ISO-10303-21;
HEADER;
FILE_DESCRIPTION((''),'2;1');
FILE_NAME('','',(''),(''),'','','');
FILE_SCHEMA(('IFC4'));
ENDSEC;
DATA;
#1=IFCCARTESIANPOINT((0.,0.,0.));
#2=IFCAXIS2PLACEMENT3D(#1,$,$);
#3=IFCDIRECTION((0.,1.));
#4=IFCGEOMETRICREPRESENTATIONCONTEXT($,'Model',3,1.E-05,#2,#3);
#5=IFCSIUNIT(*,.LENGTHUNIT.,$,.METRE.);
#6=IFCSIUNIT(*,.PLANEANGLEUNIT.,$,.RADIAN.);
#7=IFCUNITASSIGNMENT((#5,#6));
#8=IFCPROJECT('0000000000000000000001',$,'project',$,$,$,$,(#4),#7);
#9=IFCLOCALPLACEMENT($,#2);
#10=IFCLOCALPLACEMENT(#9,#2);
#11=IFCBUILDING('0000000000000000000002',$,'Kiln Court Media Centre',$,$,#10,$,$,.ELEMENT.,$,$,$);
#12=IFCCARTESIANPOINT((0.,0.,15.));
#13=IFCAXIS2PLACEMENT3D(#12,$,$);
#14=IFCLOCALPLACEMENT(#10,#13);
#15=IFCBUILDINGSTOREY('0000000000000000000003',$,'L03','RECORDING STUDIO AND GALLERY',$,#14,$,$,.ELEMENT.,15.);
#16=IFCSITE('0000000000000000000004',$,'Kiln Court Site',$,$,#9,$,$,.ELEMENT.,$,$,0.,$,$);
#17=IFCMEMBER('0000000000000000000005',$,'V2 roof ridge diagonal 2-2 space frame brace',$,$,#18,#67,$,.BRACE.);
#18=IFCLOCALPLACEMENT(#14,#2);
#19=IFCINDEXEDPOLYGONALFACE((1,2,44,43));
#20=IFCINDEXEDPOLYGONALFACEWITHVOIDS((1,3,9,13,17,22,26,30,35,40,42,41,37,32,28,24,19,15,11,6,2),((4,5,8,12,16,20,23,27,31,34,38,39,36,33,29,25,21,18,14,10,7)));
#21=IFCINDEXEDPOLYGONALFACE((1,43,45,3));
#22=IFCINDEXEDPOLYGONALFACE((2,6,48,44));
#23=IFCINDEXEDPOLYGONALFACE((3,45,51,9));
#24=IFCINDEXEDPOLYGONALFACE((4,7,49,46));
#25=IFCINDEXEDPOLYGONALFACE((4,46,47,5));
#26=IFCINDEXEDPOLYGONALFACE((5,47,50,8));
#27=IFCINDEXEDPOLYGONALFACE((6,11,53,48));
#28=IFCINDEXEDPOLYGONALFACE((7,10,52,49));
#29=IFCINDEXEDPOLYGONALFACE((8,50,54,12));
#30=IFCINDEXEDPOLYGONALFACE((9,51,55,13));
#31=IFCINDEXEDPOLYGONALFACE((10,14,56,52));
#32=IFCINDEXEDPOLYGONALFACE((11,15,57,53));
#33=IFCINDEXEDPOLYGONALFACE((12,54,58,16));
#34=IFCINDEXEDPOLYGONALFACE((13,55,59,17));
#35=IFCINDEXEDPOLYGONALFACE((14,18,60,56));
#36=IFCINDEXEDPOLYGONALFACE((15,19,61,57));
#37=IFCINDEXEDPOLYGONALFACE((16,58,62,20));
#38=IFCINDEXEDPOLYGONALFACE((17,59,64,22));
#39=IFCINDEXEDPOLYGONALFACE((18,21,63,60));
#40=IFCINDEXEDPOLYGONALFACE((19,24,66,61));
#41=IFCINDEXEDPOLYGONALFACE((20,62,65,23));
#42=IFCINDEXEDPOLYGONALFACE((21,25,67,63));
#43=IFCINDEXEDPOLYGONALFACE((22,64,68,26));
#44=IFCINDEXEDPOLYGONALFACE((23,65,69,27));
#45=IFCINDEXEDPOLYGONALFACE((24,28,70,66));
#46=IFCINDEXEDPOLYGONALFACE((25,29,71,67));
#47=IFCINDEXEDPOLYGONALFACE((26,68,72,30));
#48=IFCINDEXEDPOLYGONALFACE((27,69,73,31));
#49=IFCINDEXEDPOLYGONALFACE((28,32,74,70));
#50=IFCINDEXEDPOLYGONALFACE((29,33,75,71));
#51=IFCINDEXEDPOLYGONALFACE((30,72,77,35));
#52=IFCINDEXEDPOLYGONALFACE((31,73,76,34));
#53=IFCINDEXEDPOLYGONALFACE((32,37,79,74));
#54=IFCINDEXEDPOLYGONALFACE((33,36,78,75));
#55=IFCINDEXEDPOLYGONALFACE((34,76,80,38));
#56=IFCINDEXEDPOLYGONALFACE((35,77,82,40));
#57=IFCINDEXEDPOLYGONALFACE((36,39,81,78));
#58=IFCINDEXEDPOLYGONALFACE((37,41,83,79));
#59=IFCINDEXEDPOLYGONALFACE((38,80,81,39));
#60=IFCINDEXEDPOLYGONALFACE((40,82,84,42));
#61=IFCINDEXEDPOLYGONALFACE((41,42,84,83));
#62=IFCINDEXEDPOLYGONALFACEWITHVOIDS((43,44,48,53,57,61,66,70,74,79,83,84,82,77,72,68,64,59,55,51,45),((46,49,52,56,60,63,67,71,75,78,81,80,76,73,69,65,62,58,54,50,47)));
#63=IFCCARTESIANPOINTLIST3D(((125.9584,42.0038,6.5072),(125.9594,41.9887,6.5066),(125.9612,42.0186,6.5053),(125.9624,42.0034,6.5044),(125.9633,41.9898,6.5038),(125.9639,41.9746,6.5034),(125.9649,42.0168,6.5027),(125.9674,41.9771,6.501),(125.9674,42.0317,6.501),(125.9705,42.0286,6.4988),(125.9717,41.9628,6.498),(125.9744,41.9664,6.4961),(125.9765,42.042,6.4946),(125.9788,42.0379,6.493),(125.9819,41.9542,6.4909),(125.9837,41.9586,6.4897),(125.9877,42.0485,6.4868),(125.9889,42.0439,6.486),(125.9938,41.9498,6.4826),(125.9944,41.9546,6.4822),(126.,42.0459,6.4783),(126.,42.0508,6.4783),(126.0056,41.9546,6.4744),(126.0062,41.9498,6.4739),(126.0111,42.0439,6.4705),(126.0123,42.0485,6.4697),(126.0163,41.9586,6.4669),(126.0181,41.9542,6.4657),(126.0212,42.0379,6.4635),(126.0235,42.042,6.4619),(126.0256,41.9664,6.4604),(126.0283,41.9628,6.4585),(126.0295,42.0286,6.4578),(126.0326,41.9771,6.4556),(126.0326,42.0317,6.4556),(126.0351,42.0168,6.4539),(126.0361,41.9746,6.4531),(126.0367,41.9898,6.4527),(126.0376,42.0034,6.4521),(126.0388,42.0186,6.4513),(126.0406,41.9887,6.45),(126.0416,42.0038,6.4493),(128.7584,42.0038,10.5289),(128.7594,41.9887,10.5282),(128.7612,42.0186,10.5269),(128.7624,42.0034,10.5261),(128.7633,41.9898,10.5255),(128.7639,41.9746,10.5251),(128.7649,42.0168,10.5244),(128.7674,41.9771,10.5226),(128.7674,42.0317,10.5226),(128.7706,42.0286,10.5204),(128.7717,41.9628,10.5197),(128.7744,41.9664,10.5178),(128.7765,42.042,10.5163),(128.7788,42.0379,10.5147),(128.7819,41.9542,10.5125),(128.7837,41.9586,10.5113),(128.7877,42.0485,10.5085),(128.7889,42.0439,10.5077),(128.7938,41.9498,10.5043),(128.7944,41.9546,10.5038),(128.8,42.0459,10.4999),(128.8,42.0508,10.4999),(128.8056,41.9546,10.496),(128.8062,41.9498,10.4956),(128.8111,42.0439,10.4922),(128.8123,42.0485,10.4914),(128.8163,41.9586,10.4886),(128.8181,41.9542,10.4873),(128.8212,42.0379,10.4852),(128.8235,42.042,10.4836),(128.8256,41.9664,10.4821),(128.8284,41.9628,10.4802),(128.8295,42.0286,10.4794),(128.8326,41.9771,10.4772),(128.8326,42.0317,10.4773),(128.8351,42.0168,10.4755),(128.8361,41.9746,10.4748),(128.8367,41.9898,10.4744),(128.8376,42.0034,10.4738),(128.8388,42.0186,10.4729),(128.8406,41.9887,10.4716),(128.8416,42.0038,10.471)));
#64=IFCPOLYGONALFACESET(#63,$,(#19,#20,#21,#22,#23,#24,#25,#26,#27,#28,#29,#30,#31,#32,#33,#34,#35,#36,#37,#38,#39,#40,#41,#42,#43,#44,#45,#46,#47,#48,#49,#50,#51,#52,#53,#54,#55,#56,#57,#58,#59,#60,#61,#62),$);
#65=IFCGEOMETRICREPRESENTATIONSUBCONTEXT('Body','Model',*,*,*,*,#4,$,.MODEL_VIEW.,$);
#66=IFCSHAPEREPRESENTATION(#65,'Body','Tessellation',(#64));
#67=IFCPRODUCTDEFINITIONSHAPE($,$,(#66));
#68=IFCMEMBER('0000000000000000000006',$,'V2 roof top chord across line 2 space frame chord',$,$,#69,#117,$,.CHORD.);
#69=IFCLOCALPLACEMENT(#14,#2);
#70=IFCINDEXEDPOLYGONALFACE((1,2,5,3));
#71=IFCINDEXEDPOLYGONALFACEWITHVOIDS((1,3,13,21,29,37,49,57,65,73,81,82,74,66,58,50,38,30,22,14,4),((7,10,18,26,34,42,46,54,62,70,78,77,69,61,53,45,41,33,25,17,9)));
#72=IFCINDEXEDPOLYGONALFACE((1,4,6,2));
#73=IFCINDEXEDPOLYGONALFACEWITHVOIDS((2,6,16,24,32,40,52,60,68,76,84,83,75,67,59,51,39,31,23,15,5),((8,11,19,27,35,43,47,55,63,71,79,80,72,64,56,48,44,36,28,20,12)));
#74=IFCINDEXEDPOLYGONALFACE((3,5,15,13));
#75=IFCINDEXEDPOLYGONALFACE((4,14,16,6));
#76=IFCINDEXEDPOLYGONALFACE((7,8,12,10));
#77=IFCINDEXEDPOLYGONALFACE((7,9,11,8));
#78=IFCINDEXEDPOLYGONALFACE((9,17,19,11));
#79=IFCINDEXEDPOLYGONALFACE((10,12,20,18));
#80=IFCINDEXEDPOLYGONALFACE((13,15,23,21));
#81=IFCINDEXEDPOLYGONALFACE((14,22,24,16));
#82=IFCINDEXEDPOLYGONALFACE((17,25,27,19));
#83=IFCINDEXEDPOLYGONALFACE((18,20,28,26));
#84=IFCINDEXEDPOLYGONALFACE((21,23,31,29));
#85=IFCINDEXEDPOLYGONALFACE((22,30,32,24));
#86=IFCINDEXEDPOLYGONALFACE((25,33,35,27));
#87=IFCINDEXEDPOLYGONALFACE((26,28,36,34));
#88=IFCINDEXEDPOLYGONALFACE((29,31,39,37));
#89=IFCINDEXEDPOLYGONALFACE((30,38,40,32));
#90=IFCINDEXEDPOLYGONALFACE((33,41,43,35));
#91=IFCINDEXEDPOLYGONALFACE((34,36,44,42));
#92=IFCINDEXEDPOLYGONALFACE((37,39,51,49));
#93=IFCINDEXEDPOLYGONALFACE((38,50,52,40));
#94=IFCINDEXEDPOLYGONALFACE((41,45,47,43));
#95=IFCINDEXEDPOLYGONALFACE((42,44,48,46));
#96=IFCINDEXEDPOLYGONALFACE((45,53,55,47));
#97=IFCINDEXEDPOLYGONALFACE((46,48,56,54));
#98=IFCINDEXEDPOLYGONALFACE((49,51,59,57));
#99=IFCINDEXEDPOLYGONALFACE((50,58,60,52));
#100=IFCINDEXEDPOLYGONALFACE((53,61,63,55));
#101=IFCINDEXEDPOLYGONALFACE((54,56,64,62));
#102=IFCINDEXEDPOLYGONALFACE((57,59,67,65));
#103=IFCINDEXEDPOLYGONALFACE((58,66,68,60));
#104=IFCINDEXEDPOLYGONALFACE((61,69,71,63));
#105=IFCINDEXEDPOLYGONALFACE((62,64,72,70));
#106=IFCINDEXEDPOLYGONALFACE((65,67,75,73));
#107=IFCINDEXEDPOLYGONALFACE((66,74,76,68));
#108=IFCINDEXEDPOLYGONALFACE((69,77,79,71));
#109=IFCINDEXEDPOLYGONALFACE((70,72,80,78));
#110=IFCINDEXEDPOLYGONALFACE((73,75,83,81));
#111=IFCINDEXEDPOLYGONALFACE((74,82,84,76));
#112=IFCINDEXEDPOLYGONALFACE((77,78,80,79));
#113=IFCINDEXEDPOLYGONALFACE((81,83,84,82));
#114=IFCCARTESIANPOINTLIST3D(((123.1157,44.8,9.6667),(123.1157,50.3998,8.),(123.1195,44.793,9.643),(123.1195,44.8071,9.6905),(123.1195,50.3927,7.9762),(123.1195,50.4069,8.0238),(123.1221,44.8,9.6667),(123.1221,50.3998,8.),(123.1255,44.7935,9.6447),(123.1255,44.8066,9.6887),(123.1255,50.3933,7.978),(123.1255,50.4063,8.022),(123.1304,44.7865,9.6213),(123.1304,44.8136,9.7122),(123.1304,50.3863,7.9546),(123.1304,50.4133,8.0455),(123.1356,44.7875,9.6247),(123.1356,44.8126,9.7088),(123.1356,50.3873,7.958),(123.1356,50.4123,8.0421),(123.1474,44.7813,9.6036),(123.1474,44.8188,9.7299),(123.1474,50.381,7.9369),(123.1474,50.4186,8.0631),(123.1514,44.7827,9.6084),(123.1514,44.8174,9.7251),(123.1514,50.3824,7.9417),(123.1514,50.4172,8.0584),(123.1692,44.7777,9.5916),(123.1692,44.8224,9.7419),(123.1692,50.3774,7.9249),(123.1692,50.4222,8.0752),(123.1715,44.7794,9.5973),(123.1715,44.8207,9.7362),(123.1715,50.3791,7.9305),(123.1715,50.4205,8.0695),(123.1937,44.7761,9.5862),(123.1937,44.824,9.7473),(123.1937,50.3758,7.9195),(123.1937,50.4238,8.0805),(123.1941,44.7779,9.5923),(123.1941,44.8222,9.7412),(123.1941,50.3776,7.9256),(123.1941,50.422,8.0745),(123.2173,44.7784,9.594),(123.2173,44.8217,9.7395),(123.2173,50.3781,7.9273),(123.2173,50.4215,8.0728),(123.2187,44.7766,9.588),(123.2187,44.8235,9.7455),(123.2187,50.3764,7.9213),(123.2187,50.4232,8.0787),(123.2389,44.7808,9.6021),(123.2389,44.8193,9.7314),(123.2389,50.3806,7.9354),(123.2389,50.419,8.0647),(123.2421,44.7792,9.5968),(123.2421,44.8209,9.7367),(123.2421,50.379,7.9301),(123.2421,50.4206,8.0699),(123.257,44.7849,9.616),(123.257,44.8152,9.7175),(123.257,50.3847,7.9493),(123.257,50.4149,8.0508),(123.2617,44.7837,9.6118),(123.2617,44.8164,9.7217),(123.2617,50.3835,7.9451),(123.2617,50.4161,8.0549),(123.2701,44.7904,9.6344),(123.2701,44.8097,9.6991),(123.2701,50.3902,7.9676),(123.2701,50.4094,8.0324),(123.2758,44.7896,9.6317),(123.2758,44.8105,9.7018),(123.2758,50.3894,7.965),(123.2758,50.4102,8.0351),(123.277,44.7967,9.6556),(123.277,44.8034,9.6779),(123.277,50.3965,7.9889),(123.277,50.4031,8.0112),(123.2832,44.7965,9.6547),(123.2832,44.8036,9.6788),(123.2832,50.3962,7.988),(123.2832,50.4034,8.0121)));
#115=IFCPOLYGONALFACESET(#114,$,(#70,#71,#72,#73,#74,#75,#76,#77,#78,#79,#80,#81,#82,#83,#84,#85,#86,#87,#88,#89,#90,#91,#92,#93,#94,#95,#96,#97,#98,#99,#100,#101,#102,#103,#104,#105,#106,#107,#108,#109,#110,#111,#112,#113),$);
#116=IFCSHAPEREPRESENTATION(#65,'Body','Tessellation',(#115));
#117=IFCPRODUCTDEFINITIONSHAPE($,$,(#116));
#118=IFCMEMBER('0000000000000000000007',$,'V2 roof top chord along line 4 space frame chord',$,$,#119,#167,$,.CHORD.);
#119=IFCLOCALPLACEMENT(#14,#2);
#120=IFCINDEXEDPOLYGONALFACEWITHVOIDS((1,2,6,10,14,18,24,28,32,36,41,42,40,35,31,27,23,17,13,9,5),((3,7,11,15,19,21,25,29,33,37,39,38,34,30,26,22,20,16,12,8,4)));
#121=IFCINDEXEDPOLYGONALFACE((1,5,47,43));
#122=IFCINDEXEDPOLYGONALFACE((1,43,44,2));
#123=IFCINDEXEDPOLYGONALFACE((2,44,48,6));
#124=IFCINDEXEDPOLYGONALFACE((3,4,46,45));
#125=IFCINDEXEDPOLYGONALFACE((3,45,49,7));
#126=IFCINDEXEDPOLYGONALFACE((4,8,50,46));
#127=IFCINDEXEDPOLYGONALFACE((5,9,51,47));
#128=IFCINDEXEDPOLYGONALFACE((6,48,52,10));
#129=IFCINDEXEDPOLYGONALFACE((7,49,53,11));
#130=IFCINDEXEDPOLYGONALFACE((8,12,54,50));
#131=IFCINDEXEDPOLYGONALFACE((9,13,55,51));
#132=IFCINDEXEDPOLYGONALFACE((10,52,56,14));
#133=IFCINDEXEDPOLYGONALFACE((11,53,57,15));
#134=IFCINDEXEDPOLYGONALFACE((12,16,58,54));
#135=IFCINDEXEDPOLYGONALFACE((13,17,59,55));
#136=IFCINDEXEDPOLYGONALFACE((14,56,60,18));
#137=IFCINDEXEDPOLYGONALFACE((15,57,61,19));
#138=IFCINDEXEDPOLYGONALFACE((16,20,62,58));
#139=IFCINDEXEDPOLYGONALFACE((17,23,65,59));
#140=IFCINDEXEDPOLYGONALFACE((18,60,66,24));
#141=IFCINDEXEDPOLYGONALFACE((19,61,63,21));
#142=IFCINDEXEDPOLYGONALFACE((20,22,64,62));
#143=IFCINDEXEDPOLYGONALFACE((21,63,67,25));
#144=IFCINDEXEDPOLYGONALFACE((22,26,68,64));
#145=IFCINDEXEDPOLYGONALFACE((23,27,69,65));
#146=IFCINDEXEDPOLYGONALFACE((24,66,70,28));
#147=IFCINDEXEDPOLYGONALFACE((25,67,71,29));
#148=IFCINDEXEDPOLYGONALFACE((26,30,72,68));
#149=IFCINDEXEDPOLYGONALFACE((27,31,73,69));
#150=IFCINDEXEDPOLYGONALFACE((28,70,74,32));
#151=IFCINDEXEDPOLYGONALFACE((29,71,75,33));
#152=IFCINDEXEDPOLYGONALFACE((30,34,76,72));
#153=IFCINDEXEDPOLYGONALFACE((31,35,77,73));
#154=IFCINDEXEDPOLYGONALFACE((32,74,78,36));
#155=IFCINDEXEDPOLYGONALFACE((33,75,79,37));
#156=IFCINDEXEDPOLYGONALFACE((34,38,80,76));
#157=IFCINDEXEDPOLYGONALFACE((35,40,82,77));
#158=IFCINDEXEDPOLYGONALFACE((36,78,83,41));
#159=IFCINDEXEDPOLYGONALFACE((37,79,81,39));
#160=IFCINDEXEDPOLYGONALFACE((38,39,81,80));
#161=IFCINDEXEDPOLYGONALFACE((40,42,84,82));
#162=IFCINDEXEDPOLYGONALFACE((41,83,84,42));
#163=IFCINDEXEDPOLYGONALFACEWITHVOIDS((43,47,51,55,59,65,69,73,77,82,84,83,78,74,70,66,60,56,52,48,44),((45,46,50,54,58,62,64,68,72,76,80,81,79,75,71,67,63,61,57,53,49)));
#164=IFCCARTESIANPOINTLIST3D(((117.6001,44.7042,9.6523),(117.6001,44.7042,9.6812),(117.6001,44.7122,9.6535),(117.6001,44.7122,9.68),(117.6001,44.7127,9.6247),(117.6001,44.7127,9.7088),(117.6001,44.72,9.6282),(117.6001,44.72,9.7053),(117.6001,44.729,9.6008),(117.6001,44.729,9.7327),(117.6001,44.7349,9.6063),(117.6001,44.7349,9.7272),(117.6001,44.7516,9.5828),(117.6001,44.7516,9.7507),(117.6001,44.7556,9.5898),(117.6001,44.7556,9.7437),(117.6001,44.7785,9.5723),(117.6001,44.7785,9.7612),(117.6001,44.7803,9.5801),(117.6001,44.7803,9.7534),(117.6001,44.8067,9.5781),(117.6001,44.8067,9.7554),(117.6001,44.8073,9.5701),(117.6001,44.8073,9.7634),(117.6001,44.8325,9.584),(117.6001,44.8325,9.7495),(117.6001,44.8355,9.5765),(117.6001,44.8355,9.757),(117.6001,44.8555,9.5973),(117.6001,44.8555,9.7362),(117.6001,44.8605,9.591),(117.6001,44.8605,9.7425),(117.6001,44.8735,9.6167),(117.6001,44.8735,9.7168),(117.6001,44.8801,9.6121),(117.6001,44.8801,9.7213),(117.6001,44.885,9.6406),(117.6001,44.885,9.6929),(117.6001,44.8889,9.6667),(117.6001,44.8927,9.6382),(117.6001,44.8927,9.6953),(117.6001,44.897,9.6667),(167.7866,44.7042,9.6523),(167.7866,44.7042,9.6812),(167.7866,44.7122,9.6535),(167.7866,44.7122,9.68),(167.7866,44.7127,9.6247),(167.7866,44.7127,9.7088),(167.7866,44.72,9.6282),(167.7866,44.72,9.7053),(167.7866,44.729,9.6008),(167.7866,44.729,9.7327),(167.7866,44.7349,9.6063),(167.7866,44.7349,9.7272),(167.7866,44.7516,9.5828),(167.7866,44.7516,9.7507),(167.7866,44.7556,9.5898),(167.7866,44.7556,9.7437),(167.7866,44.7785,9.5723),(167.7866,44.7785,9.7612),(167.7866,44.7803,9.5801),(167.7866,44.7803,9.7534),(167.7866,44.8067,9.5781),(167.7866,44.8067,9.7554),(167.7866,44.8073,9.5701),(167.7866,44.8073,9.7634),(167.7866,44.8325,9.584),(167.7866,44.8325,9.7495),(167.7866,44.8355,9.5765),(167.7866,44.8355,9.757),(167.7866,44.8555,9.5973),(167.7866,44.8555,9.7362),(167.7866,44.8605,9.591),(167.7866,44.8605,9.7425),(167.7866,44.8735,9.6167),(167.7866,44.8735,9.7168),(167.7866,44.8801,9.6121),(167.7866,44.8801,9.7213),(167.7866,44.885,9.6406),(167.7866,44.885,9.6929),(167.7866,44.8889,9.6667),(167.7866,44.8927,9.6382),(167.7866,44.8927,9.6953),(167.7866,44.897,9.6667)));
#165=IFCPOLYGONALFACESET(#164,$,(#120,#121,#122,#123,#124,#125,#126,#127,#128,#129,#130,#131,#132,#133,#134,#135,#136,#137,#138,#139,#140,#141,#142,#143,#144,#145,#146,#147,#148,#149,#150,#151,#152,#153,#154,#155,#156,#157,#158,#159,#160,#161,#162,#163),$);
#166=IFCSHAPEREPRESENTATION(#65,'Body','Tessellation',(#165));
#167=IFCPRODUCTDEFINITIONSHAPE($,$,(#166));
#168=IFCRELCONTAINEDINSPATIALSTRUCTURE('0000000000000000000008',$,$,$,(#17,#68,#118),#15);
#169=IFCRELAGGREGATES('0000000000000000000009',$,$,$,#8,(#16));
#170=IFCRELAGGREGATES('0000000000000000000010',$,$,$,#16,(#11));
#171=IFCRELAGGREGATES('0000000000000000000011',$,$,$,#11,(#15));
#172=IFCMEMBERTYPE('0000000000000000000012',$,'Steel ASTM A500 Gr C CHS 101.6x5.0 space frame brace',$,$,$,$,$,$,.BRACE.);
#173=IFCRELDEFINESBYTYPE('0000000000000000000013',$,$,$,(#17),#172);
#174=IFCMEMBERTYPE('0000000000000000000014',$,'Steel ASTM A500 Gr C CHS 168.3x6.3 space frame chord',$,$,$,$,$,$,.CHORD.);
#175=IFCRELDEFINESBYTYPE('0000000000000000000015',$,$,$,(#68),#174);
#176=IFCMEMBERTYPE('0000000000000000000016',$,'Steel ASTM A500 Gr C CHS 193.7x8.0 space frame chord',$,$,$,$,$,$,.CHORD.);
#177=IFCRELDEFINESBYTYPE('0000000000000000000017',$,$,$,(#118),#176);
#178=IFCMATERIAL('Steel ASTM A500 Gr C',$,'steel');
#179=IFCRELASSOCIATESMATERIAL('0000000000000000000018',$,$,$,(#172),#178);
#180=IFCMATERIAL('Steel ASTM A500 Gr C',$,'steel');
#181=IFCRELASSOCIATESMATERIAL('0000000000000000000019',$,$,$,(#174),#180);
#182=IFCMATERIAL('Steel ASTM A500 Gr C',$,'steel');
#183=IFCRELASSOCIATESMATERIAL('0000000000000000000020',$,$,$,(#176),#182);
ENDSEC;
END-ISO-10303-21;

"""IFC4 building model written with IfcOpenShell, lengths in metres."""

from ifc_helpers import new_model, si_unit, direction, frame, origin, origin_2d, place, context, subcontext, project, spatial, hollow_circle, extrude, material, material_profile, profile_set, type_object, element, save


model = new_model("IFC4")

# Units and contexts
model_context = context("Model", 3, precision=1e-05, world=origin(), true_north=direction((0.0, 1.0)))
body_context = subcontext(model_context, "Body", "Model", "MODEL_VIEW")
ifc_project = project(units=[si_unit("LENGTHUNIT", "METRE"), si_unit("PLANEANGLEUNIT", "RADIAN")], contexts=[model_context])

# Site, building, storey
site_placement = place(None, origin())
site = spatial("IfcSite", under=ifc_project, at=site_placement, Name="Kiln Court Site", CompositionType="ELEMENT", RefElevation=0.0)
building_placement = place(site_placement, origin())
building = spatial("IfcBuilding", under=site, at=building_placement, Name="Kiln Court Media Centre", CompositionType="ELEMENT")
storey_placement = place(building_placement, frame((0.0, 0.0, 15.0)))
storey = spatial("IfcBuildingStorey", under=building, at=storey_placement, Name="L03", Description="RECORDING STUDIO AND GALLERY", CompositionType="ELEMENT", Elevation=15.0)

# Members
ifc_material_1 = material(Name="Steel ASTM A500 Gr C", Category="steel")
ifc_material_profile_1 = material_profile(ifc_material_1, hollow_circle(Radius=0.0508, WallThickness=0.0049, at=origin_2d()), Name="CHS 101.6x5.0")
ifc_profile_set_1 = profile_set([ifc_material_profile_1], Name="Steel ASTM A500 Gr C")
member_type_1 = type_object("IfcMemberType", Name="Steel ASTM A500 Gr C CHS 101.6x5.0 space frame brace", PredefinedType="BRACE", material=ifc_profile_set_1)
for number, where, z_axis, x_axis, name in (
    (1, (126.0, 42.0, 6.4783), (0.571384, 0.0, 0.820683), (0.0, 1.0, 0.0), "V2 roof ridge diagonal 2-2 space frame brace"),
):
    element("IfcMember", number, at=place(storey_placement, frame(where, z_axis=z_axis, x_axis=x_axis)), inside=storey, type_object=member_type_1, Name=name, PredefinedType="BRACE", context=body_context, shape_type="SweptSolid", body=[
        extrude(hollow_circle(Radius=0.0508, WallThickness=0.0049, at=origin_2d()), origin(), (0.0, 0.0, 1.0), 4.9004),
    ])
ifc_material_2 = material(Name="Steel ASTM A500 Gr C", Category="steel")
ifc_material_profile_2 = material_profile(ifc_material_2, hollow_circle(Radius=0.0842, WallThickness=0.0063, at=origin_2d()), Name="CHS 168.3x6.3")
ifc_profile_set_2 = profile_set([ifc_material_profile_2], Name="Steel ASTM A500 Gr C")
member_type_2 = type_object("IfcMemberType", Name="Steel ASTM A500 Gr C CHS 168.3x6.3 space frame chord", PredefinedType="CHORD", material=ifc_profile_set_2)
member_1_placement = place(storey_placement, frame((123.2, 44.8, 9.6667), z_axis=(0.0, 0.958446, -0.285273), x_axis=(-1.0, 0.0, 0.0)))
element("IfcMember", 2, at=member_1_placement, inside=storey, type_object=member_type_2, Name="V2 roof top chord across line 2 space frame chord", PredefinedType="CHORD", context=body_context, shape_type="SweptSolid", body=[
    extrude(hollow_circle(Radius=0.0842, WallThickness=0.0063, at=origin_2d()), origin(), (0.0, 0.0, 1.0), 5.8425),
])
ifc_material_3 = material(Name="Steel ASTM A500 Gr C", Category="steel")
ifc_material_profile_3 = material_profile(ifc_material_3, hollow_circle(Radius=0.0969, WallThickness=0.0081, at=origin_2d()), Name="CHS 193.7x8.0")
ifc_profile_set_3 = profile_set([ifc_material_profile_3], Name="Steel ASTM A500 Gr C")
member_type_3 = type_object("IfcMemberType", Name="Steel ASTM A500 Gr C CHS 193.7x8.0 space frame chord", PredefinedType="CHORD", material=ifc_profile_set_3)
member_2_placement = place(storey_placement, frame((117.6001, 44.8, 9.6667), z_axis=(1.0, 0.0, 0.0), x_axis=(0.0, 1.0, 0.0)))
element("IfcMember", 3, at=member_2_placement, inside=storey, type_object=member_type_3, Name="V2 roof top chord along line 4 space frame chord", PredefinedType="CHORD", context=body_context, shape_type="SweptSolid", body=[
    extrude(hollow_circle(Radius=0.0969, WallThickness=0.0081, at=origin_2d()), origin(), (0.0, 0.0, 1.0), 50.1865),
])

save(model, "model.ifc")
